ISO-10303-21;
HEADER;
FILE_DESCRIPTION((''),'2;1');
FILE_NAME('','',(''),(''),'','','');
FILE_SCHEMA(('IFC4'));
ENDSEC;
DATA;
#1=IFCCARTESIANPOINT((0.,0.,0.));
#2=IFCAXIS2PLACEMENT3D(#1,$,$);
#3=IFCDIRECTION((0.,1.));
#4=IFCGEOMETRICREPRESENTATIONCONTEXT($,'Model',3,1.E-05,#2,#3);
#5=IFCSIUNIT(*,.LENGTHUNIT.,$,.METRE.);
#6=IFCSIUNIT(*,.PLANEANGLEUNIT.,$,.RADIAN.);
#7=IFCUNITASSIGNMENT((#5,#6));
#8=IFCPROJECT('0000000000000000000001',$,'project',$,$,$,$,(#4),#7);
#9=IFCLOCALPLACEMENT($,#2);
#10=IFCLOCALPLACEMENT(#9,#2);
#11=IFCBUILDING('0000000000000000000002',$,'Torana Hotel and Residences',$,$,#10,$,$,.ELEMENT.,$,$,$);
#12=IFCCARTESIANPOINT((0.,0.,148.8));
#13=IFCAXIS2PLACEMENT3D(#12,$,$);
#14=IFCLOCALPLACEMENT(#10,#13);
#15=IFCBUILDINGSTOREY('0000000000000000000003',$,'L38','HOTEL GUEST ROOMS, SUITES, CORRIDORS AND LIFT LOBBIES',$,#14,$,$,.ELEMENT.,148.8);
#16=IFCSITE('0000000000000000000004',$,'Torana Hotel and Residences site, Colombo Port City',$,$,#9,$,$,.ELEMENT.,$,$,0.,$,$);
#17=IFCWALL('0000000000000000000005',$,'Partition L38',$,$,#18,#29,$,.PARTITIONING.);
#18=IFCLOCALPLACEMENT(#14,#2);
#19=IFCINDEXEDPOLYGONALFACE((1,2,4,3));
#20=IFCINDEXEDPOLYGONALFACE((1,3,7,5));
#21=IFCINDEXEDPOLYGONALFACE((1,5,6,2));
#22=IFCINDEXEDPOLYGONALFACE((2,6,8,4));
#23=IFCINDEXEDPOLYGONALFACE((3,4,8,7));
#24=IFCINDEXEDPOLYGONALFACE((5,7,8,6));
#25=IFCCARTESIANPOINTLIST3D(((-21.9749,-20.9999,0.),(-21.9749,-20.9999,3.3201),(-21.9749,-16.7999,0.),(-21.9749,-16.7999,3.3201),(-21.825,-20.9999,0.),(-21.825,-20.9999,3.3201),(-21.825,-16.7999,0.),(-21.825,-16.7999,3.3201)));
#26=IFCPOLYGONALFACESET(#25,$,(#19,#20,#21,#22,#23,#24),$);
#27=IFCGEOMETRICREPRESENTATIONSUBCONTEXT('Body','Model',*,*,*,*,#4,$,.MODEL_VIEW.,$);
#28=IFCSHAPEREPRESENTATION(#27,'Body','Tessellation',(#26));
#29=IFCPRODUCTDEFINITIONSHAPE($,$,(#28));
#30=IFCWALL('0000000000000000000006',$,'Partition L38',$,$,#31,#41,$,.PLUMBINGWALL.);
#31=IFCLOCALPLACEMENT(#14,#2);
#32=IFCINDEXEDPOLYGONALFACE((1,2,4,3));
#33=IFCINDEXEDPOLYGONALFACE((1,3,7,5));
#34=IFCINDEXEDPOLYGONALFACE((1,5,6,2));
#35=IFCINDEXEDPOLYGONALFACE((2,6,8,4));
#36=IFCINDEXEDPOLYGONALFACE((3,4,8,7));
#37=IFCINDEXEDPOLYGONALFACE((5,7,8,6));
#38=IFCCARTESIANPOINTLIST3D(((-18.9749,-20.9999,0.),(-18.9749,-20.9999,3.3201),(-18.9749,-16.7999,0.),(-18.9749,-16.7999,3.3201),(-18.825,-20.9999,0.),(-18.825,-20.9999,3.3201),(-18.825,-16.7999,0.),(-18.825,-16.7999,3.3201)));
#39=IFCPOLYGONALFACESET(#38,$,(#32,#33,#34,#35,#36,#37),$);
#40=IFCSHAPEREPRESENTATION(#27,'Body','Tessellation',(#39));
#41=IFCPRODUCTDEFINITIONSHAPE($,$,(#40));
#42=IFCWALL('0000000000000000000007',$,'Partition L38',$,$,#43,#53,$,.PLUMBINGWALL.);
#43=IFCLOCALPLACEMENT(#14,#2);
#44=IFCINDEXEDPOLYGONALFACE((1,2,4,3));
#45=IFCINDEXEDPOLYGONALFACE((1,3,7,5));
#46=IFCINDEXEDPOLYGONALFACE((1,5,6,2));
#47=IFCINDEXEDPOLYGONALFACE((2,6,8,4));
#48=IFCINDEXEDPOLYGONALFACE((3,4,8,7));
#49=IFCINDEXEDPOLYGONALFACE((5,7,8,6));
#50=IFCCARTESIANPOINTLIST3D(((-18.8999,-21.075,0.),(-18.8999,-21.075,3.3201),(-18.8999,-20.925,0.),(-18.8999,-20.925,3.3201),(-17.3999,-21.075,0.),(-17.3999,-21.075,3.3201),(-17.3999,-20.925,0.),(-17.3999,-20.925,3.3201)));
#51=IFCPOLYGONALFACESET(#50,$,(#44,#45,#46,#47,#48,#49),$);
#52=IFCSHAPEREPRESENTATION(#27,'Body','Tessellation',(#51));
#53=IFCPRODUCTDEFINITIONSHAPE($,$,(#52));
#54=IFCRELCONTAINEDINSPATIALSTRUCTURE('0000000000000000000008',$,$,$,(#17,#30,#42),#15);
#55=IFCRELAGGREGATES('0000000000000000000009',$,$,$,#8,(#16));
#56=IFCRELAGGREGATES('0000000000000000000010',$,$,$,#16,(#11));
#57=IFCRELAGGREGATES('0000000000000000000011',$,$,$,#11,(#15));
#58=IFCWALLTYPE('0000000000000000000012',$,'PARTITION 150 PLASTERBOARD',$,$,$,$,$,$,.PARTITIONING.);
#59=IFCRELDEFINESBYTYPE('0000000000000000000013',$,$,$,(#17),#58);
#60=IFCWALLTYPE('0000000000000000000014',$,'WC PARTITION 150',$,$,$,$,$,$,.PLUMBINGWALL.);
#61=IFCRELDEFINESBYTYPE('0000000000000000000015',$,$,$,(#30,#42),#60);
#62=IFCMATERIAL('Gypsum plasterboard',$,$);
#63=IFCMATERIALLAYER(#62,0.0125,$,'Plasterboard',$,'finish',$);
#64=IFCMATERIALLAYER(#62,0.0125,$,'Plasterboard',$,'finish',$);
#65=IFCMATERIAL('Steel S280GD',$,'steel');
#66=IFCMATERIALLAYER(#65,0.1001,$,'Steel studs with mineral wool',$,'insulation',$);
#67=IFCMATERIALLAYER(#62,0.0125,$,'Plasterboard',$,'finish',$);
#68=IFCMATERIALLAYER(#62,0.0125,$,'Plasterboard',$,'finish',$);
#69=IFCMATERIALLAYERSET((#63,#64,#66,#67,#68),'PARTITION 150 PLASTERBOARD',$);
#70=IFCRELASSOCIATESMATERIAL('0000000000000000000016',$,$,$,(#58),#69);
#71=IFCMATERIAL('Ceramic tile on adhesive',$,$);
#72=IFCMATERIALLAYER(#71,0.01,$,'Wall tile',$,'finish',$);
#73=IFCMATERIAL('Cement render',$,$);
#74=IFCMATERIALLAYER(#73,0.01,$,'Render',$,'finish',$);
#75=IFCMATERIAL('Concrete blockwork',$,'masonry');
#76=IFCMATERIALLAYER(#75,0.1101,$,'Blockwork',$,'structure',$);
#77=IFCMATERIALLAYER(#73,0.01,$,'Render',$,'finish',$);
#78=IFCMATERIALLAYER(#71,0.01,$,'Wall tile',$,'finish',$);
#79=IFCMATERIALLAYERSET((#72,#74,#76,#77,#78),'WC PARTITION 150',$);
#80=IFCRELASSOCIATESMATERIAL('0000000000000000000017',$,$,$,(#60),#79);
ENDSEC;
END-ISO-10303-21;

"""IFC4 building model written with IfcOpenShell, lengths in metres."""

from ifc_helpers import new_model, si_unit, direction, frame, frame_2d, origin, place, context, subcontext, project, spatial, rectangle, extrude, material, layer, layer_set, type_object, element, save


model = new_model("IFC4")

# Units and contexts
model_context = context("Model", 3, precision=1e-05, world=origin(), true_north=direction((0.0, 1.0)))
body_context = subcontext(model_context, "Body", "Model", "MODEL_VIEW")
ifc_project = project(units=[si_unit("LENGTHUNIT", "METRE"), si_unit("PLANEANGLEUNIT", "RADIAN")], contexts=[model_context])

# Site, building, storey
site_placement = place(None, origin())
site = spatial("IfcSite", under=ifc_project, at=site_placement, Name="Torana Hotel and Residences site, Colombo Port City", CompositionType="ELEMENT", RefElevation=0.0)
building_placement = place(site_placement, origin())
building = spatial("IfcBuilding", under=site, at=building_placement, Name="Torana Hotel and Residences", CompositionType="ELEMENT")
storey_placement = place(building_placement, frame((0.0, 0.0, 148.8)))
storey = spatial("IfcBuildingStorey", under=building, at=storey_placement, Name="L38", Description="HOTEL GUEST ROOMS, SUITES, CORRIDORS AND LIFT LOBBIES", CompositionType="ELEMENT", Elevation=148.8)

# Shared definitions
ifc_material_1 = material(Name="Concrete blockwork", Category="masonry")

# Walls
ifc_material_2 = material(Name="Gypsum plasterboard")
ifc_layer_1 = layer(ifc_material_2, 0.0125, Name="Plasterboard", Category="finish")
ifc_layer_2 = layer(ifc_material_2, 0.0125, Name="Plasterboard", Category="finish")
ifc_material_3 = material(Name="Steel S280GD", Category="steel")
ifc_layer_3 = layer(ifc_material_3, 0.1001, Name="Steel studs with mineral wool", Category="insulation")
ifc_layer_4 = layer(ifc_material_2, 0.0125, Name="Plasterboard", Category="finish")
ifc_layer_5 = layer(ifc_material_2, 0.0125, Name="Plasterboard", Category="finish")
ifc_layer_set_1 = layer_set([ifc_layer_1, ifc_layer_2, ifc_layer_3, ifc_layer_4, ifc_layer_5], Name="PARTITION 150 PLASTERBOARD")
wall_type_1 = type_object("IfcWallType", Name="PARTITION 150 PLASTERBOARD", PredefinedType="PARTITIONING", material=ifc_layer_set_1)
wall_1_placement = place(storey_placement, frame((-21.8999, -21.0, 0.0), z_axis=(0.0, 0.0, 1.0), x_axis=(0.0, 1.0, 0.0)))
element("IfcWall", 1, at=wall_1_placement, inside=storey, type_object=wall_type_1, Name="Partition L38", PredefinedType="PARTITIONING", context=body_context, shape_type="SweptSolid", body=[
    extrude(rectangle(XDim=4.2, YDim=0.1499, at=frame_2d((2.1001, 0.0))), origin(), (0.0, 0.0, 1.0), 3.3201),
])
ifc_material_4 = material(Name="Ceramic tile on adhesive")
ifc_layer_6 = layer(ifc_material_4, 0.01, Name="Wall tile", Category="finish")
ifc_material_5 = material(Name="Cement render")
ifc_layer_7 = layer(ifc_material_5, 0.01, Name="Render", Category="finish")
ifc_layer_8 = layer(ifc_material_1, 0.1101, Name="Blockwork", Category="structure")
ifc_layer_9 = layer(ifc_material_5, 0.01, Name="Render", Category="finish")
ifc_layer_10 = layer(ifc_material_4, 0.01, Name="Wall tile", Category="finish")
ifc_layer_set_2 = layer_set([ifc_layer_6, ifc_layer_7, ifc_layer_8, ifc_layer_9, ifc_layer_10], Name="WC PARTITION 150")
wall_type_2 = type_object("IfcWallType", Name="WC PARTITION 150", PredefinedType="PLUMBINGWALL", material=ifc_layer_set_2)
wall_2_placement = place(storey_placement, frame((-18.8999, -21.0, 0.0), z_axis=(0.0, 0.0, 1.0), x_axis=(0.0, 1.0, 0.0)))
element("IfcWall", 2, at=wall_2_placement, inside=storey, type_object=wall_type_2, Name="Partition L38", PredefinedType="PLUMBINGWALL", context=body_context, shape_type="SweptSolid", body=[
    extrude(rectangle(XDim=4.2, YDim=0.1499, at=frame_2d((2.1001, 0.0))), origin(), (0.0, 0.0, 1.0), 3.3201),
])
wall_3_placement = place(storey_placement, frame((-18.8999, -21.0, 0.0), z_axis=(0.0, 0.0, 1.0), x_axis=(1.0, 0.0, 0.0)))
element("IfcWall", 3, at=wall_3_placement, inside=storey, type_object=wall_type_2, Name="Partition L38", PredefinedType="PLUMBINGWALL", context=body_context, shape_type="SweptSolid", body=[
    extrude(rectangle(XDim=1.5, YDim=0.1499, at=frame_2d((0.75, 0.0))), origin(), (0.0, 0.0, 1.0), 3.3201),
])

save(model, "model.ifc")
